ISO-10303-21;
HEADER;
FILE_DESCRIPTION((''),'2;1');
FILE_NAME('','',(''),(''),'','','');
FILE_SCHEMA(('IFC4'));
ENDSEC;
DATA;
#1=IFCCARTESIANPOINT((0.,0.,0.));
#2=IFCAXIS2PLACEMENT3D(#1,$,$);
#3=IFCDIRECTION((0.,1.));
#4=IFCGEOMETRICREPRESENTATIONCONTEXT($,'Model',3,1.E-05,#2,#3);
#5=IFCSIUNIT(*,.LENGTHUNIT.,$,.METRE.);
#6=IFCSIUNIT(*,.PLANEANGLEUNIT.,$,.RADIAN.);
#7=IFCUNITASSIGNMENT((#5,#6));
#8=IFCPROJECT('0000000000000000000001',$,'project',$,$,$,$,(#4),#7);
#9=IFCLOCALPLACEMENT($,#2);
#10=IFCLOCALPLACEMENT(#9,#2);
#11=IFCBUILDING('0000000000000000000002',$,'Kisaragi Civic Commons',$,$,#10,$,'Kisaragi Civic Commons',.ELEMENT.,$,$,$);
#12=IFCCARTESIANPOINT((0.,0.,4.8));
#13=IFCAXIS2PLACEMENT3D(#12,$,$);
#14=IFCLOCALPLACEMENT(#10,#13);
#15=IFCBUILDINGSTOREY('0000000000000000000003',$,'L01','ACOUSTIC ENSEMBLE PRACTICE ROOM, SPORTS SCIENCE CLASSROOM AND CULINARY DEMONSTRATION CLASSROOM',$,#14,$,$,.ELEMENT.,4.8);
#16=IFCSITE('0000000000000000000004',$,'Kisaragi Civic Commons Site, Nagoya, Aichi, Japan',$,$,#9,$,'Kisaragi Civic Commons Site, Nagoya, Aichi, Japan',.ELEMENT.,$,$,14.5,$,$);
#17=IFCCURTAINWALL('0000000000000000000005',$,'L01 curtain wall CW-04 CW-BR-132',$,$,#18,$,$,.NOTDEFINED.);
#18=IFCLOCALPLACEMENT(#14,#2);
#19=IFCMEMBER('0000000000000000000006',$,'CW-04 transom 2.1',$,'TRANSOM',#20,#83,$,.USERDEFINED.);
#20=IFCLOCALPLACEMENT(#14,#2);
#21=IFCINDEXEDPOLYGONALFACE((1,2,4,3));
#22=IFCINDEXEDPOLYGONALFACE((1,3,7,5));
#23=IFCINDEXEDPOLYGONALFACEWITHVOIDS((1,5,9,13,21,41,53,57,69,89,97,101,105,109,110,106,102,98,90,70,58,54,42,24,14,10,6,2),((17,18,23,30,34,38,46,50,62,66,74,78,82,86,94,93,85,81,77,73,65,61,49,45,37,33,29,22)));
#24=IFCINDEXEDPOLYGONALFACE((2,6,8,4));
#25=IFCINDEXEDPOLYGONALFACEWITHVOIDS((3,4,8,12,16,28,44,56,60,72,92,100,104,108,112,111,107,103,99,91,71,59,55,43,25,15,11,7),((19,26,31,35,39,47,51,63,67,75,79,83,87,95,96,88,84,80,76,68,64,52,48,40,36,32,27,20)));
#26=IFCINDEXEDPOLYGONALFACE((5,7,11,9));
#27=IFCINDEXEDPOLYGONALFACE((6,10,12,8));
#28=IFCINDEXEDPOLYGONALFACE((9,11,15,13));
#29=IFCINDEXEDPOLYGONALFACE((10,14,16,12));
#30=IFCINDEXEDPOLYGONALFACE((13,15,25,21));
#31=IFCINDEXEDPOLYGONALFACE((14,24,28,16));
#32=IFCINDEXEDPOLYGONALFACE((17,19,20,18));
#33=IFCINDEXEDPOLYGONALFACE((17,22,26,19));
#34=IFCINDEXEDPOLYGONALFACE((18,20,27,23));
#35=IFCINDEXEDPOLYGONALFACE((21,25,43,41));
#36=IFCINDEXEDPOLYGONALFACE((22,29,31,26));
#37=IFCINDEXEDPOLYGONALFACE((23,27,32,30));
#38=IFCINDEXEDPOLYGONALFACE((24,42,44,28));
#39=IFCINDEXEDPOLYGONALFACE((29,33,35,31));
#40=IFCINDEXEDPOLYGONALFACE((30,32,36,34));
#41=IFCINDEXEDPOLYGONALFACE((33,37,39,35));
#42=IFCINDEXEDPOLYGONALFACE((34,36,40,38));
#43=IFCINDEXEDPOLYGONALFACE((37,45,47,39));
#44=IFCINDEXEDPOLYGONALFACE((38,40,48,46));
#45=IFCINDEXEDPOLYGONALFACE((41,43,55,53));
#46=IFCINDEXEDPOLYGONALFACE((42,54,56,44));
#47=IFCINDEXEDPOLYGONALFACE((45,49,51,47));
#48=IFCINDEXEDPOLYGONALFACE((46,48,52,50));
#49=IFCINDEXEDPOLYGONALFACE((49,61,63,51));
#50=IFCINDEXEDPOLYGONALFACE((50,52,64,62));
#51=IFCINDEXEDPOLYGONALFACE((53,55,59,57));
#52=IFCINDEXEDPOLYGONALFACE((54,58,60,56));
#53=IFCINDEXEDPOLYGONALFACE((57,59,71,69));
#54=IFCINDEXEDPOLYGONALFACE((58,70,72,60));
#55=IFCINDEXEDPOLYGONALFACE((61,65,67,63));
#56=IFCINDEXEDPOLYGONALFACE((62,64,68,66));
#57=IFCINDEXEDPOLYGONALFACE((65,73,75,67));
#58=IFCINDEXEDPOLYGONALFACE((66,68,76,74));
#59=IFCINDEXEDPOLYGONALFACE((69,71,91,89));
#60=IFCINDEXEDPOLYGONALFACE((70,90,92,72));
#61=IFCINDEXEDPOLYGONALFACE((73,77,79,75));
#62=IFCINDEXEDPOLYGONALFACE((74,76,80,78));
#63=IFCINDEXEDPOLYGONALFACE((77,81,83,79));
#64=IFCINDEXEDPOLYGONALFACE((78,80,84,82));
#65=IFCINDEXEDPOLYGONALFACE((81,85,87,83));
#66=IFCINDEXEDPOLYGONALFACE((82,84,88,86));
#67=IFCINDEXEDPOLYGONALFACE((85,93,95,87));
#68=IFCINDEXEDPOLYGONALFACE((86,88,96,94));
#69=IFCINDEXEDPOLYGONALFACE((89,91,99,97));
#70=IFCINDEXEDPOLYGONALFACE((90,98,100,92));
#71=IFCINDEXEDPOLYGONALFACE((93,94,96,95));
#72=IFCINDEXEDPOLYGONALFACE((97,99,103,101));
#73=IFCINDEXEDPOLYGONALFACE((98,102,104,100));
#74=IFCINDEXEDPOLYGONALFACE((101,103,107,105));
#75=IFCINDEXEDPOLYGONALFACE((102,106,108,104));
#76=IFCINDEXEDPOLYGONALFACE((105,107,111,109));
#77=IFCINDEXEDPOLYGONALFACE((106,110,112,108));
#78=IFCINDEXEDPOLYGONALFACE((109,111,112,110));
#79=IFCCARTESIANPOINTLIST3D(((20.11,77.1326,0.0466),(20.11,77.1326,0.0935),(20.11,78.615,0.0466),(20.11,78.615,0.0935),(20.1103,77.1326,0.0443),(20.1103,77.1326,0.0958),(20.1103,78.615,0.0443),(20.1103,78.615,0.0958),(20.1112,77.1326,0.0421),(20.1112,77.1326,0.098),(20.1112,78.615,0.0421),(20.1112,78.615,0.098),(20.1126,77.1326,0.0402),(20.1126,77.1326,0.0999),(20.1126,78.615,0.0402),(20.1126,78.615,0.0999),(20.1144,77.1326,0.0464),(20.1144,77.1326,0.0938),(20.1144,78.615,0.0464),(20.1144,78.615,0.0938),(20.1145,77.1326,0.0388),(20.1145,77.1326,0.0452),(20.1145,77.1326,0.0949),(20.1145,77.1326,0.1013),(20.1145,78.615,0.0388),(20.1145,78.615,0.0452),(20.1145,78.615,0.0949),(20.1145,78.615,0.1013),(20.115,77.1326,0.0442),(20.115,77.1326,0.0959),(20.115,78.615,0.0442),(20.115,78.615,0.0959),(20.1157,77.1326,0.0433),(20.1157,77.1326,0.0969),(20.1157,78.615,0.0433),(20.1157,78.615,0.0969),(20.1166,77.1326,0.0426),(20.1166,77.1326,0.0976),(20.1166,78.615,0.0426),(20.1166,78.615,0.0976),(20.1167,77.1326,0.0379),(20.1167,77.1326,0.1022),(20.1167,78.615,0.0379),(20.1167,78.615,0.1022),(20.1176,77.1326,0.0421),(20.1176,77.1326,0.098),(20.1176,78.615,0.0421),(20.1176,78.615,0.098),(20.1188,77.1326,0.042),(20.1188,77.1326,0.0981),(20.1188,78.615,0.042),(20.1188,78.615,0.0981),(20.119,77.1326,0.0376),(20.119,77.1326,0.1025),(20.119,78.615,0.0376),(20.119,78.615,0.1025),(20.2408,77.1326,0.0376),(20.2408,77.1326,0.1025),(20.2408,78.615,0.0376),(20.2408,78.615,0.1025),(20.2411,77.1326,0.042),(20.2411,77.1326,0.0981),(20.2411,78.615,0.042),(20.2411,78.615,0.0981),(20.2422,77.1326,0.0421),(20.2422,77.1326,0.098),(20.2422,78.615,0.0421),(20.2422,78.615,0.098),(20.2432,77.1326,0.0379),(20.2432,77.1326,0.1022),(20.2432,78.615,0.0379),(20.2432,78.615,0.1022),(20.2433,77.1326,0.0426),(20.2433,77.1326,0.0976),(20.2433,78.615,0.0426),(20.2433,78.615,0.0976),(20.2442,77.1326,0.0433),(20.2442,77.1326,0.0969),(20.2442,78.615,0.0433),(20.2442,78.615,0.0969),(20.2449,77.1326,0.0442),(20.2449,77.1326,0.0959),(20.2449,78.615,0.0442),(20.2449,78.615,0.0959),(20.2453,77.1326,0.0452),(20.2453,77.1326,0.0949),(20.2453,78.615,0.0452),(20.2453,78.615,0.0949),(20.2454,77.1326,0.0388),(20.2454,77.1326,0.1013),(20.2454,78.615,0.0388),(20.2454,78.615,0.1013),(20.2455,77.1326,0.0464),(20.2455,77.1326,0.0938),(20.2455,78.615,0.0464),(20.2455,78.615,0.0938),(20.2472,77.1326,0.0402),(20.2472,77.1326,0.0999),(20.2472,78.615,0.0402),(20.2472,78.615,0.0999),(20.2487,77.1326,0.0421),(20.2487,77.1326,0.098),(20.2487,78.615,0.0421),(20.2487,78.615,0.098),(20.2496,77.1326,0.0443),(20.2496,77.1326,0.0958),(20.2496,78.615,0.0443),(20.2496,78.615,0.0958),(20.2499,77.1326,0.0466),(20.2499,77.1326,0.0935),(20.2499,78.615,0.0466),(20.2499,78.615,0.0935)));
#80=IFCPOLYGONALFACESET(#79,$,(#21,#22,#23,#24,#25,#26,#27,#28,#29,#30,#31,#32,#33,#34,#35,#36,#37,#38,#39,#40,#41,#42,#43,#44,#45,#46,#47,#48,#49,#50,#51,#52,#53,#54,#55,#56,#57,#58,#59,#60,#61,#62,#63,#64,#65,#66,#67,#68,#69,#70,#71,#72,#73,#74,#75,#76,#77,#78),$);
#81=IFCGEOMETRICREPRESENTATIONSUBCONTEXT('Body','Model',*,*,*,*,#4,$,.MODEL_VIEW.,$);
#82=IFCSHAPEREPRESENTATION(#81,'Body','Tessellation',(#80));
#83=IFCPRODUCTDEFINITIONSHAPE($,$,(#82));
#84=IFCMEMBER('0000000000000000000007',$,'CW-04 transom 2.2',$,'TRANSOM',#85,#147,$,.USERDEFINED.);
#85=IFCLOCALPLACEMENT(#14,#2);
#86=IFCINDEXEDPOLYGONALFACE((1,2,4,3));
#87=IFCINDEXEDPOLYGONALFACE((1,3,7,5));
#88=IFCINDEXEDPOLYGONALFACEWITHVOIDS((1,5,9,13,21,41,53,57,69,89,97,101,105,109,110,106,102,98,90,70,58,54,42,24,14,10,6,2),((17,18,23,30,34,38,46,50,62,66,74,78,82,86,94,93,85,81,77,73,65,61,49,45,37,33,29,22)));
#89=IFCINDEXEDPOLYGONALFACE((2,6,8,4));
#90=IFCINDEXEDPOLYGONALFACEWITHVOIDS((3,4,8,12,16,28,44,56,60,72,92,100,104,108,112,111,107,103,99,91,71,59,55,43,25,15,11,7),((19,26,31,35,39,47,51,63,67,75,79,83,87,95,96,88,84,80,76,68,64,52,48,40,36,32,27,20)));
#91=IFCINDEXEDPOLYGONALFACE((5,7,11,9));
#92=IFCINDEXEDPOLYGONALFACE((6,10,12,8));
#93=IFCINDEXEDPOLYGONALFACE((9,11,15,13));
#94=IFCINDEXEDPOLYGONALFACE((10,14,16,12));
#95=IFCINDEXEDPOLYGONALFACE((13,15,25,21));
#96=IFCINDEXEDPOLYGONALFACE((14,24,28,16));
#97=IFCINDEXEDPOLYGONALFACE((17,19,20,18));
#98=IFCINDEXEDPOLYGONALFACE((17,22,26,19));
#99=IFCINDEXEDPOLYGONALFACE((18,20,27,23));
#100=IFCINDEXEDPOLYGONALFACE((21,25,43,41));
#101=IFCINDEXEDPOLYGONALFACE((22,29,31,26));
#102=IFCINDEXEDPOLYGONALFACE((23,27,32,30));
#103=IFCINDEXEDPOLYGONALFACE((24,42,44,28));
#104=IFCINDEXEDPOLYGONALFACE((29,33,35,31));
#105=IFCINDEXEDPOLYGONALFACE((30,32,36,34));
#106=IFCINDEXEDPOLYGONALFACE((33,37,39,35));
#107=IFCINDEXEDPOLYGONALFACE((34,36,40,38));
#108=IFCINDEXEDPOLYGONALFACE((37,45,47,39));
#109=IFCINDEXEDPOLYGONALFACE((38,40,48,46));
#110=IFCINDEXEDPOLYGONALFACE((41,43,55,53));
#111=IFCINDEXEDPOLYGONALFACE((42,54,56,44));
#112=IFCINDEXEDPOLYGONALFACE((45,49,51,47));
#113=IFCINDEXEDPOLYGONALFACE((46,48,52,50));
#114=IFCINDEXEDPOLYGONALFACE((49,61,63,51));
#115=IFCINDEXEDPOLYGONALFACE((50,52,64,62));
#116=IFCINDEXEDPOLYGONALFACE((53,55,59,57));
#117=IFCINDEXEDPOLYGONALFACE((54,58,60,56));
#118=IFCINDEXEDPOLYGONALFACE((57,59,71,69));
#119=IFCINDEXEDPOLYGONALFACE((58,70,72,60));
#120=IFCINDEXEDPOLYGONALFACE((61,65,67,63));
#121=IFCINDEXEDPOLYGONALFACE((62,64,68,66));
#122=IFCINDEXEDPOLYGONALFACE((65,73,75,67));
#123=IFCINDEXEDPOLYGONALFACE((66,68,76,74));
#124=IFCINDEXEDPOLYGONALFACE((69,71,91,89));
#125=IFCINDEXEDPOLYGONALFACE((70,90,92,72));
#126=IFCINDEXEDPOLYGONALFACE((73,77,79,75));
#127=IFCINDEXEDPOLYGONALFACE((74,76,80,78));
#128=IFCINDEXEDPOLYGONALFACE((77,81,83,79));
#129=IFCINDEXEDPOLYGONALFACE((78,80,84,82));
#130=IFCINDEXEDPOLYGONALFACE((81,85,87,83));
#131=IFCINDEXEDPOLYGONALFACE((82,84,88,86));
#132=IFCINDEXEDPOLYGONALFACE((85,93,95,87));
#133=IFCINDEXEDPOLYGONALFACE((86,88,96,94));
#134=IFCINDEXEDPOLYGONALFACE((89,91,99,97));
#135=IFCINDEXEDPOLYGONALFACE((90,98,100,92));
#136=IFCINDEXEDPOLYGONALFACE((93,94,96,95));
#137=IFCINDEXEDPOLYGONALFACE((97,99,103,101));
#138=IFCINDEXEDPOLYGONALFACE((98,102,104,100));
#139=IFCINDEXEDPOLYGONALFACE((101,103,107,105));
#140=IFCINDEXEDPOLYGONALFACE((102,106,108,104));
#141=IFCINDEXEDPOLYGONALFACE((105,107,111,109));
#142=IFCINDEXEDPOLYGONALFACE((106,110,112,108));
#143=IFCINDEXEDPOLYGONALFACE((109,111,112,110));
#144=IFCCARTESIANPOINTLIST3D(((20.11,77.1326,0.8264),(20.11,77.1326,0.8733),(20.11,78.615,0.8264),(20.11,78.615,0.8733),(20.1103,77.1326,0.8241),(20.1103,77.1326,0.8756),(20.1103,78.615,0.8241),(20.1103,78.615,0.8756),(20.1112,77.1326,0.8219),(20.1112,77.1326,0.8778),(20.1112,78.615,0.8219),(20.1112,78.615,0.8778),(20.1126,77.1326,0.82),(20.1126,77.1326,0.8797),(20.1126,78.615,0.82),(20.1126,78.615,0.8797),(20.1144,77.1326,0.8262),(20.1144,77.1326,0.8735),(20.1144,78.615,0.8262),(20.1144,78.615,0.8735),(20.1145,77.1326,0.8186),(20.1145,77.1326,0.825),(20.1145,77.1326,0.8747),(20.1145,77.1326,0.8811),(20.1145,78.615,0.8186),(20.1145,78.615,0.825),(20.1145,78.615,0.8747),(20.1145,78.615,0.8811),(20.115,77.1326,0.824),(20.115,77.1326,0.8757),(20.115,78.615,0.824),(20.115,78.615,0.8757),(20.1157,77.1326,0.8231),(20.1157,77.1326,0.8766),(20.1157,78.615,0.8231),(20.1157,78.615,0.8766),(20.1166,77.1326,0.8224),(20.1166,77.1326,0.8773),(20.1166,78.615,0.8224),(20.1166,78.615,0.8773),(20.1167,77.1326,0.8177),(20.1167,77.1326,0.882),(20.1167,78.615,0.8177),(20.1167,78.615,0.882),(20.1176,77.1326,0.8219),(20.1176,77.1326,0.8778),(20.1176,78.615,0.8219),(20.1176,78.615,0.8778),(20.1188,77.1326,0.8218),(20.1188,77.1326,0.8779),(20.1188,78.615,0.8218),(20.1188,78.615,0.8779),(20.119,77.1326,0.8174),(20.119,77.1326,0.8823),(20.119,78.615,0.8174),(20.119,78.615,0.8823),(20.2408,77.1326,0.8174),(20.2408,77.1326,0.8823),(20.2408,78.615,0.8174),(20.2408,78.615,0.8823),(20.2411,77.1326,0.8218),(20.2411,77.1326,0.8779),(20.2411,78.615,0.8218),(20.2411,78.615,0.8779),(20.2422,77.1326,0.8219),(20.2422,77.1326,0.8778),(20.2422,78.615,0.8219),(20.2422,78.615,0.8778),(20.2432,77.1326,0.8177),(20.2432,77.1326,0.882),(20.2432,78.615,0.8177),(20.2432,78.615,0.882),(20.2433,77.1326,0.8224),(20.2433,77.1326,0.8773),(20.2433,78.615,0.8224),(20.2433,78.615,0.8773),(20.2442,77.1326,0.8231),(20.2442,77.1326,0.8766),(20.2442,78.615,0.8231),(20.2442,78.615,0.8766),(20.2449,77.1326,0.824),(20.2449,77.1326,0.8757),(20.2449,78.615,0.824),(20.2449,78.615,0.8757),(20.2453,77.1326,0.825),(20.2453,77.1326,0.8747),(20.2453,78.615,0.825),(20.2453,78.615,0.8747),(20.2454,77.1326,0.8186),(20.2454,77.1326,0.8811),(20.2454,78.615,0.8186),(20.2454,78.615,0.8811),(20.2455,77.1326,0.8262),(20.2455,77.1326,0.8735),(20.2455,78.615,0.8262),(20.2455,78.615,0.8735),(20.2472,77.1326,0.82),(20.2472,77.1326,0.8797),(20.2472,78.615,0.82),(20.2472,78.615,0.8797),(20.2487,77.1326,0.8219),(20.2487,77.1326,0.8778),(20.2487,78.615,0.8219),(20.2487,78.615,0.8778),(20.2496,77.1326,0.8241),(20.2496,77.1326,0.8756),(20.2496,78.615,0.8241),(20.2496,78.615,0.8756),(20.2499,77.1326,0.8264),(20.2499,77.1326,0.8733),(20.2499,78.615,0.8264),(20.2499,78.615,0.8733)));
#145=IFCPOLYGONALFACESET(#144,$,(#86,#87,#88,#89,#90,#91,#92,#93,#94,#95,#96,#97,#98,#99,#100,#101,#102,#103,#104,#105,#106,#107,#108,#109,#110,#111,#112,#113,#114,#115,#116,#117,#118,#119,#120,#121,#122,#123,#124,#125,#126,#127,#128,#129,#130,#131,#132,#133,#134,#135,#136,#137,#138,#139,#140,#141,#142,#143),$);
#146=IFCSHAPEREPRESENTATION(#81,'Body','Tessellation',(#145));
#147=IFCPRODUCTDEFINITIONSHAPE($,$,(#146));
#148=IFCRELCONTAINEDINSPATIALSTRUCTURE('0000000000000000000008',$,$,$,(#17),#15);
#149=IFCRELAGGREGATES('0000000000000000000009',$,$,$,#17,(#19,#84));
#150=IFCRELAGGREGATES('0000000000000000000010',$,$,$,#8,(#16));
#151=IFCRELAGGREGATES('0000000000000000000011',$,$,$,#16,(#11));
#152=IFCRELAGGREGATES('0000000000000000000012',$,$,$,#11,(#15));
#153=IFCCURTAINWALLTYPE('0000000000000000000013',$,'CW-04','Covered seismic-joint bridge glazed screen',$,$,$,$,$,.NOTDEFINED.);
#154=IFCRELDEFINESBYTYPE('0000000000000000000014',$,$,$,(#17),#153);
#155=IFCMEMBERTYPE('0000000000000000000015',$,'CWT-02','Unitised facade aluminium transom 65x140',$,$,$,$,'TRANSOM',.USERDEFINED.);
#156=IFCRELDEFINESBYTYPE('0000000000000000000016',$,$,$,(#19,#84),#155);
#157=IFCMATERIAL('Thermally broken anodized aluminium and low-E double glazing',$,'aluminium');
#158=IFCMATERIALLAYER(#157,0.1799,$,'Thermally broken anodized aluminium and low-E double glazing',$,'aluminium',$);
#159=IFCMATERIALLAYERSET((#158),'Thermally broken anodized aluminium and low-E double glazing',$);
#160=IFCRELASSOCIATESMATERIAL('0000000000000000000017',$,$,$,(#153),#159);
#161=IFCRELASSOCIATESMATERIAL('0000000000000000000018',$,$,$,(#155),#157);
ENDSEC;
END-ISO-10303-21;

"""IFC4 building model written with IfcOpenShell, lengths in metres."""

from ifc_helpers import new_model, si_unit, direction, frame, origin, origin_2d, place, context, subcontext, project, spatial, hollow_rectangle, extrude, material, layer, layer_set, material_profile, profile_set, type_object, element, aggregate, save


model = new_model("IFC4")

# Units and contexts
model_context = context("Model", 3, precision=1e-05, world=origin(), true_north=direction((0.0, 1.0)))
body_context = subcontext(model_context, "Body", "Model", "MODEL_VIEW")
ifc_project = project(units=[si_unit("LENGTHUNIT", "METRE"), si_unit("PLANEANGLEUNIT", "RADIAN")], contexts=[model_context])

# Site, building, storey
site_placement = place(None, origin())
site = spatial("IfcSite", under=ifc_project, at=site_placement, Name="Kisaragi Civic Commons Site, Nagoya, Aichi, Japan", LongName="Kisaragi Civic Commons Site, Nagoya, Aichi, Japan", CompositionType="ELEMENT", RefElevation=14.5)
building_placement = place(site_placement, origin())
building = spatial("IfcBuilding", under=site, at=building_placement, Name="Kisaragi Civic Commons", LongName="Kisaragi Civic Commons", CompositionType="ELEMENT")
storey_placement = place(building_placement, frame((0.0, 0.0, 4.8)))
storey = spatial("IfcBuildingStorey", under=building, at=storey_placement, Name="L01", Description="ACOUSTIC ENSEMBLE PRACTICE ROOM, SPORTS SCIENCE CLASSROOM AND CULINARY DEMONSTRATION CLASSROOM", CompositionType="ELEMENT", Elevation=4.8)

# Curtain wall
ifc_material_1 = material(Name="Thermally broken anodized aluminium and low-E double glazing", Category="aluminium")
ifc_layer_1 = layer(ifc_material_1, 0.1799, Name="Thermally broken anodized aluminium and low-E double glazing", Category="aluminium")
ifc_layer_set_1 = layer_set([ifc_layer_1], Name="Thermally broken anodized aluminium and low-E double glazing")
curtain_wall_type = type_object("IfcCurtainWallType", Name="CW-04", Description="Covered seismic-joint bridge glazed screen", PredefinedType="NOTDEFINED", material=ifc_layer_set_1)
curtain_wall_1_placement = place(storey_placement, origin())
curtain_wall_1 = element("IfcCurtainWall", 1, at=curtain_wall_1_placement, inside=storey, type_object=curtain_wall_type, Name="L01 curtain wall CW-04 CW-BR-132", PredefinedType="NOTDEFINED")

# Members
ifc_material_profile_1 = material_profile(ifc_material_1, hollow_rectangle(XDim=0.1399, YDim=0.0649, WallThickness=0.0044, InnerFilletRadius=0.0044, OuterFilletRadius=0.009, at=origin_2d()), Name="CWT-65x140x4.5", Category="aluminium")
ifc_profile_set_1 = profile_set([ifc_material_profile_1], Name="Thermally broken anodized aluminium and low-E double glazing")
member_type_1 = type_object("IfcMemberType", Name="CWT-02", Description="Unitised facade aluminium transom 65x140", ElementType="TRANSOM", PredefinedType="USERDEFINED", material=ifc_profile_set_1)
member_1_placement = place(storey_placement, frame((20.1799, 77.1326, 0.0701), z_axis=(0.0, 1.0, 0.0), x_axis=(-1.0, 0.0, 0.0)))
member_1 = element("IfcMember", 2, at=member_1_placement, type_object=member_type_1, Name="CW-04 transom 2.1", ObjectType="TRANSOM", PredefinedType="USERDEFINED", context=body_context, shape_type="SweptSolid", body=[
    extrude(hollow_rectangle(XDim=0.1399, YDim=0.0649, WallThickness=0.0044, InnerFilletRadius=0.0044, OuterFilletRadius=0.009, at=origin_2d()), origin(), (0.0, 0.0, 1.0), 1.4824),
])
member_2_placement = place(storey_placement, frame((20.1799, 77.1326, 0.8499), z_axis=(0.0, 1.0, 0.0), x_axis=(-1.0, 0.0, 0.0)))
member_2 = element("IfcMember", 3, at=member_2_placement, type_object=member_type_1, Name="CW-04 transom 2.2", ObjectType="TRANSOM", PredefinedType="USERDEFINED", context=body_context, shape_type="SweptSolid", body=[
    extrude(hollow_rectangle(XDim=0.1399, YDim=0.0649, WallThickness=0.0044, InnerFilletRadius=0.0044, OuterFilletRadius=0.009, at=origin_2d()), origin(), (0.0, 0.0, 1.0), 1.4824),
])

aggregate(curtain_wall_1, [member_1, member_2])

save(model, "model.ifc")
